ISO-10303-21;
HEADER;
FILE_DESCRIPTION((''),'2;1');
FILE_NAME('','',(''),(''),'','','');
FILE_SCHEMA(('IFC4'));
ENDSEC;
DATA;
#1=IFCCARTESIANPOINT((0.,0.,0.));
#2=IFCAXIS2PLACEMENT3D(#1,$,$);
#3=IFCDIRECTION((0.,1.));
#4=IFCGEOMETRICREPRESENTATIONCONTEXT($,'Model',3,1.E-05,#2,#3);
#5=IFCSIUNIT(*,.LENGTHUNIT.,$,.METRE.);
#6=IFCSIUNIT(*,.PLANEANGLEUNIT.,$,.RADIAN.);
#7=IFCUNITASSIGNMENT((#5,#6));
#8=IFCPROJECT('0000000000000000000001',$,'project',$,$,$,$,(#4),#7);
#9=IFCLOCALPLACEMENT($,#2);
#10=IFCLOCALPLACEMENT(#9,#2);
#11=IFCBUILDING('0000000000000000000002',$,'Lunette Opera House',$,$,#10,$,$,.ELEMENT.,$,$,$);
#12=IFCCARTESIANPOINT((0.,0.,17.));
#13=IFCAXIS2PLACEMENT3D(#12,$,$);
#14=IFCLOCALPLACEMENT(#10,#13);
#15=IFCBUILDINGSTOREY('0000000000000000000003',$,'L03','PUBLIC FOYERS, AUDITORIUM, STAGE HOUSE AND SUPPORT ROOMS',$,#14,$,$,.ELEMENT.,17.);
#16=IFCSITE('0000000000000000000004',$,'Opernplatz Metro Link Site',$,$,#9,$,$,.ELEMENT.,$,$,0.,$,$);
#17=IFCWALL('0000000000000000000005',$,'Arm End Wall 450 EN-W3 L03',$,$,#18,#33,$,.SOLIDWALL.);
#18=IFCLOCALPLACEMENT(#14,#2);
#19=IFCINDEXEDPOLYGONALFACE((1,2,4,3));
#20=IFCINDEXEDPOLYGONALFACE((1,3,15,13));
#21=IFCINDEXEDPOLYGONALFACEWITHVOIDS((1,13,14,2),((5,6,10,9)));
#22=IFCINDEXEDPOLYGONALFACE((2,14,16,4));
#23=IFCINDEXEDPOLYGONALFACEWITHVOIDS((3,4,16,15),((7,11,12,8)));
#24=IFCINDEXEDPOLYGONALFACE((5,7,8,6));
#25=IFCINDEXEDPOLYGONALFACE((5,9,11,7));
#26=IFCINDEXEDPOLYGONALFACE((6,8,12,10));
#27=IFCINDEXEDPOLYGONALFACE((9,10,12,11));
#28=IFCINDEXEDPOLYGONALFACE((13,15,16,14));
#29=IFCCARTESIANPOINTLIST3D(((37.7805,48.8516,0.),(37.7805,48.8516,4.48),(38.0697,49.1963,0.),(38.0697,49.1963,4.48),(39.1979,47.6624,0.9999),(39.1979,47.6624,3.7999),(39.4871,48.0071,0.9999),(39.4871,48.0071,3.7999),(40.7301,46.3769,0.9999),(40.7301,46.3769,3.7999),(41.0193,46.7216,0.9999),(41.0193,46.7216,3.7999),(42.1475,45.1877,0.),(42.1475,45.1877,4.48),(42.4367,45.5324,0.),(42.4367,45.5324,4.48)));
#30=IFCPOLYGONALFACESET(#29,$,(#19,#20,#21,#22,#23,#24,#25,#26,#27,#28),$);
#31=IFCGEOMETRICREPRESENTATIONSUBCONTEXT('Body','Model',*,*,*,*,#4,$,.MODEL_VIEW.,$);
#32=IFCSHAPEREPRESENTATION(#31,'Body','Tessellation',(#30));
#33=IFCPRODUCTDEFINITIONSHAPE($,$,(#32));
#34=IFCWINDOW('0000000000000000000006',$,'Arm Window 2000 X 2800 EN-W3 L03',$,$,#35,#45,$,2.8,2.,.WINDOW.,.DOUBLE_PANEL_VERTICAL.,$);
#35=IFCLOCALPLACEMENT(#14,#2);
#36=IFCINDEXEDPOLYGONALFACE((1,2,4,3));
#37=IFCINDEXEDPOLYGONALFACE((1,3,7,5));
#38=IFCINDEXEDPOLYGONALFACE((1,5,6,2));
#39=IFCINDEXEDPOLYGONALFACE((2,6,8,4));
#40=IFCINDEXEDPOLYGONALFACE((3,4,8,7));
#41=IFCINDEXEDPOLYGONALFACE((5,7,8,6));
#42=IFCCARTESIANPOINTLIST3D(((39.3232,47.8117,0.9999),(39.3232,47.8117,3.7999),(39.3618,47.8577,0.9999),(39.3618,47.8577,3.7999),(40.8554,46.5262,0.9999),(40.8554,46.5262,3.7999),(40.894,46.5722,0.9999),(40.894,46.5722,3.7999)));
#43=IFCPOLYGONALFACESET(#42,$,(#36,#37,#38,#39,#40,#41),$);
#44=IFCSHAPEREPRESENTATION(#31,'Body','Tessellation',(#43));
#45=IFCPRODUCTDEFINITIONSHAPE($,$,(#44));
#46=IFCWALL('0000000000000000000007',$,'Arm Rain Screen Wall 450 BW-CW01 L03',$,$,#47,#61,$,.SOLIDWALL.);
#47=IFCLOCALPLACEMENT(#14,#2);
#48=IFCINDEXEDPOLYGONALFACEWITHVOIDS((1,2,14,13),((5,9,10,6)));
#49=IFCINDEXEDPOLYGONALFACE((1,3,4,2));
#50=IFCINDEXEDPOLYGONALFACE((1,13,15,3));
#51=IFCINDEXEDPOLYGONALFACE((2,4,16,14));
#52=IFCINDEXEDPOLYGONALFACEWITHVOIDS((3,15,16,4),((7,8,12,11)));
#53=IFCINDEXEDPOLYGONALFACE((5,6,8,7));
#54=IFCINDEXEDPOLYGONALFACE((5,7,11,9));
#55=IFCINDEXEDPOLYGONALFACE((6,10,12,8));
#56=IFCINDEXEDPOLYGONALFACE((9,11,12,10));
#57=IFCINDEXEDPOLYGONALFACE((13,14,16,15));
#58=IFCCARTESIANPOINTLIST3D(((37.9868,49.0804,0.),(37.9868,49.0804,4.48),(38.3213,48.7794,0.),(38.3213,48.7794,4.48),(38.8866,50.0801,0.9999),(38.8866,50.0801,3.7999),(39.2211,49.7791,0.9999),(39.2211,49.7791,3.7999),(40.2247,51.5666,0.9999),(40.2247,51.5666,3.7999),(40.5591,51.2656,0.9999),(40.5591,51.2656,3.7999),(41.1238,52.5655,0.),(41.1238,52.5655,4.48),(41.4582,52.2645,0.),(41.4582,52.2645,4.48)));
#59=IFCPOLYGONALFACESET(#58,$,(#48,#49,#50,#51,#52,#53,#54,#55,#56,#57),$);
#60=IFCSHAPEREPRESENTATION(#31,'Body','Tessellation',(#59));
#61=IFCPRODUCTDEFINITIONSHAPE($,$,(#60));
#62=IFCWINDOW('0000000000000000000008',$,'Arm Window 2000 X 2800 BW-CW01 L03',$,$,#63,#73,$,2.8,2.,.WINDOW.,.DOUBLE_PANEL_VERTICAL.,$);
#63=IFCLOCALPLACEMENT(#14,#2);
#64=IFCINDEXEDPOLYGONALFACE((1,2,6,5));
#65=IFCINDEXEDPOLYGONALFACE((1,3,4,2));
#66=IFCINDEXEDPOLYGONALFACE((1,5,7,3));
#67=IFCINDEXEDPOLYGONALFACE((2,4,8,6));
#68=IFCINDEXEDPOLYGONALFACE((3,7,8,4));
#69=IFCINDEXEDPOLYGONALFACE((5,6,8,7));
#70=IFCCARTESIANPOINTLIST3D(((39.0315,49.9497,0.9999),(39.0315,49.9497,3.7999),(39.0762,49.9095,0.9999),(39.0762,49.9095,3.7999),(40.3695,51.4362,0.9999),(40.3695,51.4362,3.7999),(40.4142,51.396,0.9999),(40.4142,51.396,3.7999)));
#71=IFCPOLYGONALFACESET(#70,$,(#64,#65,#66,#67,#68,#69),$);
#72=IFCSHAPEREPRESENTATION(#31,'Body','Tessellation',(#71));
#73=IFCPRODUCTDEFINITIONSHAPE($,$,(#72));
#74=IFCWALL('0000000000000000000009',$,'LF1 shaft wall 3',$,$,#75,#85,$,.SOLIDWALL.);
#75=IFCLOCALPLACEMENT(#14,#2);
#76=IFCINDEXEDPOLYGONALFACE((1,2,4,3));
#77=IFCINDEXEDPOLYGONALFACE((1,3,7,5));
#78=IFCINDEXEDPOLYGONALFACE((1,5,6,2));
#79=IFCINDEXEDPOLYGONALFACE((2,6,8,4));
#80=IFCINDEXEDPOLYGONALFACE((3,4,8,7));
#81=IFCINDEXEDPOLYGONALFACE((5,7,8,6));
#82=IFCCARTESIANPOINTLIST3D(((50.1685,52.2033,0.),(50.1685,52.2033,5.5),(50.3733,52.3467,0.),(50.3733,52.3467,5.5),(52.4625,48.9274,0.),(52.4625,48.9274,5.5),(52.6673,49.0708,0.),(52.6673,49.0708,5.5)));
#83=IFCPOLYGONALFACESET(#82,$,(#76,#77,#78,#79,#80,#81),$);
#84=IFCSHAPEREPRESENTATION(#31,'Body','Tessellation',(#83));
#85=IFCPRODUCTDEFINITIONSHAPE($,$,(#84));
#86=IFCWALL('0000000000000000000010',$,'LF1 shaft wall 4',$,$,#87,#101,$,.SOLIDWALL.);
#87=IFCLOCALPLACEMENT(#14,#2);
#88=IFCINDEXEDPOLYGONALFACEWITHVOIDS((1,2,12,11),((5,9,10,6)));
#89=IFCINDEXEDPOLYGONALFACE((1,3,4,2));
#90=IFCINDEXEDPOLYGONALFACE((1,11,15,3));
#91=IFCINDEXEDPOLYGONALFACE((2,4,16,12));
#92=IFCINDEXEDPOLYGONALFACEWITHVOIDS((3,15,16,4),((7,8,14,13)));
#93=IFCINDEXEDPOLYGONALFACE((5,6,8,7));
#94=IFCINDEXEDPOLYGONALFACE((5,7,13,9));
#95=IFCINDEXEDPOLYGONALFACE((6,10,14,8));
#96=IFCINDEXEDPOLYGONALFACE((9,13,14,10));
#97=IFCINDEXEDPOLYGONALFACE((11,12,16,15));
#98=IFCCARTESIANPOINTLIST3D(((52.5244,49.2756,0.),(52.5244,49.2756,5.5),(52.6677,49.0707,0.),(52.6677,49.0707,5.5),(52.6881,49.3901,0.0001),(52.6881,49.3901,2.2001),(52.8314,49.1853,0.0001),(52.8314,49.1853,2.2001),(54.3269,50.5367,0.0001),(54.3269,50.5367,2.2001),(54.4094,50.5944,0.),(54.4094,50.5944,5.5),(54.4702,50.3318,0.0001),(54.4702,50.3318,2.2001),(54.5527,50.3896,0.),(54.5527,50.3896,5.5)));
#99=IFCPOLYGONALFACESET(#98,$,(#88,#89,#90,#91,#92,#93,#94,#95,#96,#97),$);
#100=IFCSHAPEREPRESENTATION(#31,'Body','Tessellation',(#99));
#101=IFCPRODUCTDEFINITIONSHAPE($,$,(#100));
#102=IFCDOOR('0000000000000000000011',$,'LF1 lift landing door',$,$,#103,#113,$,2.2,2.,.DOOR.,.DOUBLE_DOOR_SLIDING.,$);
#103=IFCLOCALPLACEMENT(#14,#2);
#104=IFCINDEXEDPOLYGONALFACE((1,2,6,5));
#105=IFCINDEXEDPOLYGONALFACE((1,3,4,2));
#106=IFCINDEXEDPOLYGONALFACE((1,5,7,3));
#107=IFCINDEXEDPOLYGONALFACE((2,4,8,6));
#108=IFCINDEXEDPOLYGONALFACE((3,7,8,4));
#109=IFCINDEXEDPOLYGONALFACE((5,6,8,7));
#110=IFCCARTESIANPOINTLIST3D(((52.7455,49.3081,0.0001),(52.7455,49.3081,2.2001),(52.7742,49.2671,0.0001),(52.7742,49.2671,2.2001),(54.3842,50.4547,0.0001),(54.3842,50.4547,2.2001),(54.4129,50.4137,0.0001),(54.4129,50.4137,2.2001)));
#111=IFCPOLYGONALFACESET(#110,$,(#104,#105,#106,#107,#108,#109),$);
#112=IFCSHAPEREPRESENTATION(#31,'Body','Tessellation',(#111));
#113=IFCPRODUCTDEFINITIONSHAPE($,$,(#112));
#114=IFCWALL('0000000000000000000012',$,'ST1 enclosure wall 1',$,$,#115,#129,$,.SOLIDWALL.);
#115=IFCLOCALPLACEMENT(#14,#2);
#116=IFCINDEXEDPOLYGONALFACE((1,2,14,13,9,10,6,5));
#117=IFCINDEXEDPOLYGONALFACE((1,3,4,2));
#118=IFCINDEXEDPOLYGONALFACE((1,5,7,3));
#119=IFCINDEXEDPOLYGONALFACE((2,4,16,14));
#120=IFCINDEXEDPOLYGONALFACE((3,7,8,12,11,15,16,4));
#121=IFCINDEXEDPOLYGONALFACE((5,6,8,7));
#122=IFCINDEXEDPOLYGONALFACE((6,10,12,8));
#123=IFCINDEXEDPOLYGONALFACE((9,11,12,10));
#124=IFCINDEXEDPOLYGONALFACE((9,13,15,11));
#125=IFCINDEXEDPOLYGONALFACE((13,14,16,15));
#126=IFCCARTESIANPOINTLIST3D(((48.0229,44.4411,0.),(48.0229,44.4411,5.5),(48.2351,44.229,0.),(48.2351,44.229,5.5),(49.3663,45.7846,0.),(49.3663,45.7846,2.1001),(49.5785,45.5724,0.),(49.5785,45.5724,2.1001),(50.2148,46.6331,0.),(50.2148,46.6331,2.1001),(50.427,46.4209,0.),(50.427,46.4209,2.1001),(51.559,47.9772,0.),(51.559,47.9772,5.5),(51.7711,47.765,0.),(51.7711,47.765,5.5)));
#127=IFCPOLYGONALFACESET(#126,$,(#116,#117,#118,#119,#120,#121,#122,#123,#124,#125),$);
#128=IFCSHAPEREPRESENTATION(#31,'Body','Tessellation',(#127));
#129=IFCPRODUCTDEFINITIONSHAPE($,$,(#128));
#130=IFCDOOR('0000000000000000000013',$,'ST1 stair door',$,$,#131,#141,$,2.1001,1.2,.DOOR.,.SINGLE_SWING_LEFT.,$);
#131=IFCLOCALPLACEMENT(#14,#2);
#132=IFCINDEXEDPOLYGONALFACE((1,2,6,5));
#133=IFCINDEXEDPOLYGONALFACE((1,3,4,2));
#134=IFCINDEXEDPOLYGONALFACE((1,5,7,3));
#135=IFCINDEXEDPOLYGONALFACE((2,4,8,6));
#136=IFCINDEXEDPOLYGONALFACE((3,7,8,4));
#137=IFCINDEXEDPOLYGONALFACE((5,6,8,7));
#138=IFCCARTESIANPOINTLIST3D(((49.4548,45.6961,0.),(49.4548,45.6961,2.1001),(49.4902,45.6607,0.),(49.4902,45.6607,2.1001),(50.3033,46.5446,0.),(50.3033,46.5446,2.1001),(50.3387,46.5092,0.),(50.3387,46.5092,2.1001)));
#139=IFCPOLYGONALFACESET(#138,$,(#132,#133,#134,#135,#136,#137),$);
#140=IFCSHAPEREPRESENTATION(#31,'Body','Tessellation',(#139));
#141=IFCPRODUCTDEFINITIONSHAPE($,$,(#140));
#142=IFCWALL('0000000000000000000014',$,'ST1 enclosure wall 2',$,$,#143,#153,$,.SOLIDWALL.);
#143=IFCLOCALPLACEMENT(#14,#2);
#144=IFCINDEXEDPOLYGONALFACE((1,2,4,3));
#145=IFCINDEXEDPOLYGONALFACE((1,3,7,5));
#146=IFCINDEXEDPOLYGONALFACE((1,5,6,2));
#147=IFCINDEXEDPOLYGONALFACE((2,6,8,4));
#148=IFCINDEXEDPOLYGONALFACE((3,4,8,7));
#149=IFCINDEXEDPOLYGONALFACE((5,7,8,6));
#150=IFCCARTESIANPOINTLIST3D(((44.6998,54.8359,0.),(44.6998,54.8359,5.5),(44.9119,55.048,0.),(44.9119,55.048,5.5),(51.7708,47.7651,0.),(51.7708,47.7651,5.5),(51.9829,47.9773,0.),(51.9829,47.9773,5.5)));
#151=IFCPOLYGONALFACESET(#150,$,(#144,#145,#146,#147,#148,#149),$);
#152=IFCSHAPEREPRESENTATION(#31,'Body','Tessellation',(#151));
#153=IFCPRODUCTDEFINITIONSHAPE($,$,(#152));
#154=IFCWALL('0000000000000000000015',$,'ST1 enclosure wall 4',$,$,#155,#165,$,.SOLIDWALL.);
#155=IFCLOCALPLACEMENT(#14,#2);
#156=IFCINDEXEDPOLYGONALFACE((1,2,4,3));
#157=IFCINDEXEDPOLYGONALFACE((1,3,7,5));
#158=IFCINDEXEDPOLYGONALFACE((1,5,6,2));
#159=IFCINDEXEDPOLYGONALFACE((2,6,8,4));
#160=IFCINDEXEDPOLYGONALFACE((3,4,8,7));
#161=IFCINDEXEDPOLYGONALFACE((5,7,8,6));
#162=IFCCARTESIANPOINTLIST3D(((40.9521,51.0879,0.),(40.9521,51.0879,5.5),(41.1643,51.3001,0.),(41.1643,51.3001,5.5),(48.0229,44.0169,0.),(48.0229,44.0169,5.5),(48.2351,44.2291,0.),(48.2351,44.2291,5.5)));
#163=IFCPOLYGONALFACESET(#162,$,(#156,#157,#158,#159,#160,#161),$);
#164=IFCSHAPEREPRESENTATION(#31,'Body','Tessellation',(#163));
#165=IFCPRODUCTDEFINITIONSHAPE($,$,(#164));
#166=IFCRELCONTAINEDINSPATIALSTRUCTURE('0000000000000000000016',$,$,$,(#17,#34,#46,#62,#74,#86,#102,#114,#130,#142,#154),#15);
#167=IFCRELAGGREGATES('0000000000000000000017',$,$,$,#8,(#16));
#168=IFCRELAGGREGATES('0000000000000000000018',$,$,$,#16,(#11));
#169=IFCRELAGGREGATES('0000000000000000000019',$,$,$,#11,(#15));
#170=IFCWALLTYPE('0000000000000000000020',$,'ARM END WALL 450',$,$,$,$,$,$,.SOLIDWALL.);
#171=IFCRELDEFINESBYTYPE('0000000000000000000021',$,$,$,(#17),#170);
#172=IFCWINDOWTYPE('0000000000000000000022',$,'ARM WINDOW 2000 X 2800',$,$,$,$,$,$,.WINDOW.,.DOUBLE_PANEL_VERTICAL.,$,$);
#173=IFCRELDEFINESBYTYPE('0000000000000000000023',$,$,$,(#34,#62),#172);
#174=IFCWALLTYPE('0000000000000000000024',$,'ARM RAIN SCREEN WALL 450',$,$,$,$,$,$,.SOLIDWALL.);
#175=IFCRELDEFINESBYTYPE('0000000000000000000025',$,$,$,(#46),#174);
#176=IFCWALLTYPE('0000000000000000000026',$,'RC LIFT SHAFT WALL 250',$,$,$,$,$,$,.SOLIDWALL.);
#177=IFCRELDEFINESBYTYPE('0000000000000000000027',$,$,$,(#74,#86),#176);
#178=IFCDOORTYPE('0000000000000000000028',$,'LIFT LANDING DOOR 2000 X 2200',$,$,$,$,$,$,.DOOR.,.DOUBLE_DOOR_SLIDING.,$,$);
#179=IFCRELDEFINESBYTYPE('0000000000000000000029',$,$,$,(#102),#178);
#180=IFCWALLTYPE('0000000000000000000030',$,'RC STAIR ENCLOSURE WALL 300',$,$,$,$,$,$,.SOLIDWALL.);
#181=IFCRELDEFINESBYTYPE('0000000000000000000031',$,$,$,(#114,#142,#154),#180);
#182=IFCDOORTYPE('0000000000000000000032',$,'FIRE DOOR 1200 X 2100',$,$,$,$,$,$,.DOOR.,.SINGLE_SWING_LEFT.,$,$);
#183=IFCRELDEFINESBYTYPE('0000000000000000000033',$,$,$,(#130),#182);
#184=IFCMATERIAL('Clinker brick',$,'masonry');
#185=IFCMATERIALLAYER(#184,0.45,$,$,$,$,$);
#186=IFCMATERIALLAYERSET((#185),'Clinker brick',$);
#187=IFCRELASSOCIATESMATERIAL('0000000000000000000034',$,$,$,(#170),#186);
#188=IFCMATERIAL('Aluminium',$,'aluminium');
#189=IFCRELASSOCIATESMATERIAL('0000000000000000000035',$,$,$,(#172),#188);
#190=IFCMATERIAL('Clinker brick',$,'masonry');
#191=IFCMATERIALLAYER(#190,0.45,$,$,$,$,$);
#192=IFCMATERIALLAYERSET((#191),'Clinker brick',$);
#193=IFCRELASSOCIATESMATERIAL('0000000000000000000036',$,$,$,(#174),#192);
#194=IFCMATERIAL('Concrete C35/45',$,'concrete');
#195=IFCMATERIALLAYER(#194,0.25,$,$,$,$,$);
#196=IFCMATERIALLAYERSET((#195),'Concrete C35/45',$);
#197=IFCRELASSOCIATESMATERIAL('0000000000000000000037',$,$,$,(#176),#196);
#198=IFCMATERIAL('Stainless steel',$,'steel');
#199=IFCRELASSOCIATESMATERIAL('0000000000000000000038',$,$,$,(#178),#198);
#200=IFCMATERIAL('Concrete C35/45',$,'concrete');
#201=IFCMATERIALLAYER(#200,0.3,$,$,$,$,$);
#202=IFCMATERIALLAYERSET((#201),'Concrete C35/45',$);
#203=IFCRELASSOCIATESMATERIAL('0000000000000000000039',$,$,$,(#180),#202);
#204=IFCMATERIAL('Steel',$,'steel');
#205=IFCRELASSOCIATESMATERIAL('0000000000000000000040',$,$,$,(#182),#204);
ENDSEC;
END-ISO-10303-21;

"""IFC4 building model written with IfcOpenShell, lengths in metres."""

from ifc_helpers import new_model, si_unit, direction, frame, frame_2d, origin, place, context, subcontext, project, spatial, rectangle, extrude, material, layer, layer_set, type_object, element, fill, save


model = new_model("IFC4")

# Units and contexts
model_context = context("Model", 3, precision=1e-05, world=origin(), true_north=direction((0.0, 1.0)))
body_context = subcontext(model_context, "Body", "Model", "MODEL_VIEW")
ifc_project = project(units=[si_unit("LENGTHUNIT", "METRE"), si_unit("PLANEANGLEUNIT", "RADIAN")], contexts=[model_context])

# Site, building, storey
site_placement = place(None, origin())
site = spatial("IfcSite", under=ifc_project, at=site_placement, Name="Opernplatz Metro Link Site", CompositionType="ELEMENT", RefElevation=0.0)
building_placement = place(site_placement, origin())
building = spatial("IfcBuilding", under=site, at=building_placement, Name="Lunette Opera House", CompositionType="ELEMENT")
storey_placement = place(building_placement, frame((0.0, 0.0, 17.0)))
storey = spatial("IfcBuildingStorey", under=building, at=storey_placement, Name="L03", Description="PUBLIC FOYERS, AUDITORIUM, STAGE HOUSE AND SUPPORT ROOMS", CompositionType="ELEMENT", Elevation=17.0)

# Walls, openings, windows
ifc_material_1 = material(Name="Clinker brick", Category="masonry")
ifc_layer_1 = layer(ifc_material_1, 0.45)
ifc_layer_set_1 = layer_set([ifc_layer_1], Name="Clinker brick")
wall_type_1 = type_object("IfcWallType", Name="ARM END WALL 450", PredefinedType="SOLIDWALL", material=ifc_layer_set_1)
wall_1_placement = place(storey_placement, frame((42.292, 45.3601, 0.0), z_axis=(0.0, 0.0, 1.0), x_axis=(-0.766086, 0.642738, 0.0)))
wall_1 = element("IfcWall", 1, at=wall_1_placement, inside=storey, type_object=wall_type_1, Name="Arm End Wall 450 EN-W3 L03", PredefinedType="SOLIDWALL", context=body_context, shape_type="SweptSolid", body=[
    extrude(rectangle(XDim=5.7004, YDim=0.45, at=frame_2d((2.8501, 0.0))), origin(), (0.0, 0.0, 1.0), 4.48),
])
opening_1_placement = place(wall_1_placement, frame((1.8501, 0.0, 1.0)))
opening_1 = element("IfcOpeningElement", 2, at=opening_1_placement, cuts=wall_1, PredefinedType="OPENING", context=body_context, shape_type="SweptSolid", body=[
    extrude(rectangle(XDim=2.0, YDim=2.8, at=frame_2d((1.0, 1.3999))), frame((0.0, 0.2371, 0.0), z_axis=(0.0, -1.0, 0.0), x_axis=(1.0, 0.0, 0.0)), (0.0, 0.0, 1.0), 0.4739),
])
ifc_material_2 = material(Name="Aluminium", Category="aluminium")
window_type = type_object("IfcWindowType", Name="ARM WINDOW 2000 X 2800", PartitioningType="DOUBLE_PANEL_VERTICAL", PredefinedType="WINDOW", material=ifc_material_2)
window_1_placement = place(opening_1_placement, origin())
window_1 = element("IfcWindow", 3, at=window_1_placement, inside=storey, type_object=window_type, Name="Arm Window 2000 X 2800 EN-W3 L03", OverallHeight=2.8, OverallWidth=2.0, PartitioningType="DOUBLE_PANEL_VERTICAL", PredefinedType="WINDOW", context=body_context, shape_type="SweptSolid", body=[
    extrude(rectangle(XDim=2.0, YDim=2.8, at=frame_2d((1.0, 1.3999))), frame((0.0, 0.03, 0.0), z_axis=(0.0, -1.0, 0.0), x_axis=(1.0, 0.0, 0.0)), (0.0, 0.0, 1.0), 0.0601),
])
fill(opening_1, window_1)
ifc_material_3 = material(Name="Clinker brick", Category="masonry")
ifc_layer_2 = layer(ifc_material_3, 0.45)
ifc_layer_set_2 = layer_set([ifc_layer_2], Name="Clinker brick")
wall_type_2 = type_object("IfcWallType", Name="ARM RAIN SCREEN WALL 450", PredefinedType="SOLIDWALL", material=ifc_layer_set_2)
wall_2_placement = place(storey_placement, frame((38.1541, 48.9299, 0.0), z_axis=(0.0, 0.0, 1.0), x_axis=(0.669008, 0.743255, 0.0)))
wall_2 = element("IfcWall", 4, at=wall_2_placement, inside=storey, type_object=wall_type_2, Name="Arm Rain Screen Wall 450 BW-CW01 L03", PredefinedType="SOLIDWALL", context=body_context, shape_type="SweptSolid", body=[
    extrude(rectangle(XDim=4.689, YDim=0.45, at=frame_2d((2.3445, 0.0))), origin(), (0.0, 0.0, 1.0), 4.48),
])
opening_2_placement = place(wall_2_placement, frame((1.345, 0.0, 1.0)))
opening_2 = element("IfcOpeningElement", 5, at=opening_2_placement, cuts=wall_2, PredefinedType="OPENING", context=body_context, shape_type="SweptSolid", body=[
    extrude(rectangle(XDim=2.0, YDim=2.8, at=frame_2d((1.0, 1.3999))), frame((0.0, 0.2371, 0.0), z_axis=(0.0, -1.0, 0.0), x_axis=(1.0, 0.0, 0.0)), (0.0, 0.0, 1.0), 0.4739),
])
window_2_placement = place(opening_2_placement, origin())
window_2 = element("IfcWindow", 6, at=window_2_placement, inside=storey, type_object=window_type, Name="Arm Window 2000 X 2800 BW-CW01 L03", OverallHeight=2.8, OverallWidth=2.0, PartitioningType="DOUBLE_PANEL_VERTICAL", PredefinedType="WINDOW", context=body_context, shape_type="SweptSolid", body=[
    extrude(rectangle(XDim=2.0, YDim=2.8, at=frame_2d((1.0, 1.3999))), frame((0.0, 0.03, 0.0), z_axis=(0.0, -1.0, 0.0), x_axis=(1.0, 0.0, 0.0)), (0.0, 0.0, 1.0), 0.0601),
])
fill(opening_2, window_2)

# Wall
ifc_material_4 = material(Name="Concrete C35/45", Category="concrete")
ifc_layer_3 = layer(ifc_material_4, 0.25)
ifc_layer_set_3 = layer_set([ifc_layer_3], Name="Concrete C35/45")
wall_type_3 = type_object("IfcWallType", Name="RC LIFT SHAFT WALL 250", PredefinedType="SOLIDWALL", material=ifc_layer_set_3)
wall_3_placement = place(storey_placement, frame((50.271, 52.2749, 0.0), z_axis=(0.0, 0.0, 1.0), x_axis=(0.573602, -0.819134, 0.0)))
element("IfcWall", 7, at=wall_3_placement, inside=storey, type_object=wall_type_3, Name="LF1 shaft wall 3", PredefinedType="SOLIDWALL", context=body_context, shape_type="SweptSolid", body=[
    extrude(rectangle(XDim=3.9993, YDim=0.25, at=frame_2d((1.9995, 0.0))), origin(), (0.0, 0.0, 1.0), 5.5),
])

# Walls, openings, doors
wall_4_placement = place(storey_placement, frame((52.5959, 49.1731, 0.0), z_axis=(0.0, 0.0, 1.0), x_axis=(0.819367, 0.57327, 0.0)))
wall_4 = element("IfcWall", 8, at=wall_4_placement, inside=storey, type_object=wall_type_3, Name="LF1 shaft wall 4", PredefinedType="SOLIDWALL", context=body_context, shape_type="SweptSolid", body=[
    extrude(rectangle(XDim=2.3005, YDim=0.25, at=frame_2d((1.1504, 0.0))), origin(), (0.0, 0.0, 1.0), 5.5),
])
opening_3_placement = place(wall_4_placement, frame((0.2, 0.0, 0.0)))
opening_3 = element("IfcOpeningElement", 9, at=opening_3_placement, cuts=wall_4, PredefinedType="OPENING", context=body_context, shape_type="SweptSolid", body=[
    extrude(rectangle(XDim=2.0, YDim=2.2, at=frame_2d((1.0, 1.1001))), frame((0.0, 0.137, 0.0), z_axis=(0.0, -1.0, 0.0), x_axis=(1.0, 0.0, 0.0)), (0.0, 0.0, 1.0), 0.2739),
])
ifc_material_5 = material(Name="Stainless steel", Category="steel")
door_type_1 = type_object("IfcDoorType", Name="LIFT LANDING DOOR 2000 X 2200", OperationType="DOUBLE_DOOR_SLIDING", PredefinedType="DOOR", material=ifc_material_5)
door_1_placement = place(opening_3_placement, origin())
door_1 = element("IfcDoor", 10, at=door_1_placement, inside=storey, type_object=door_type_1, Name="LF1 lift landing door", OperationType="DOUBLE_DOOR_SLIDING", OverallHeight=2.2, OverallWidth=2.0, PredefinedType="DOOR", context=body_context, shape_type="SweptSolid", body=[
    extrude(rectangle(XDim=2.0, YDim=2.2, at=frame_2d((1.0, 1.1001))), frame((0.0, 0.0249, 0.0), z_axis=(0.0, -1.0, 0.0), x_axis=(1.0, 0.0, 0.0)), (0.0, 0.0, 1.0), 0.05),
])
fill(opening_3, door_1)
ifc_material_6 = material(Name="Concrete C35/45", Category="concrete")
ifc_layer_4 = layer(ifc_material_6, 0.3)
ifc_layer_set_4 = layer_set([ifc_layer_4], Name="Concrete C35/45")
wall_type_4 = type_object("IfcWallType", Name="RC STAIR ENCLOSURE WALL 300", PredefinedType="SOLIDWALL", material=ifc_layer_set_4)
wall_5_placement = place(storey_placement, frame((48.1289, 44.335, 0.0), z_axis=(0.0, 0.0, 1.0), x_axis=(0.707107, 0.707107, 0.0)))
wall_5 = element("IfcWall", 11, at=wall_5_placement, inside=storey, type_object=wall_type_4, Name="ST1 enclosure wall 1", PredefinedType="SOLIDWALL", context=body_context, shape_type="SweptSolid", body=[
    extrude(rectangle(XDim=5.0007, YDim=0.3, at=frame_2d((2.5005, 0.0))), origin(), (0.0, 0.0, 1.0), 5.5),
])
opening_4_placement = place(wall_5_placement, frame((1.8999, 0.0, 0.0)))
opening_4 = element("IfcOpeningElement", 12, at=opening_4_placement, cuts=wall_5, PredefinedType="OPENING", context=body_context, shape_type="SweptSolid", body=[
    extrude(rectangle(XDim=1.2, YDim=2.1001, at=frame_2d((0.6001, 1.05))), frame((0.0, 0.1621, 0.0), z_axis=(0.0, -1.0, 0.0), x_axis=(1.0, 0.0, 0.0)), (0.0, 0.0, 1.0), 0.324),
])
ifc_material_7 = material(Name="Steel", Category="steel")
door_type_2 = type_object("IfcDoorType", Name="FIRE DOOR 1200 X 2100", OperationType="SINGLE_SWING_LEFT", PredefinedType="DOOR", material=ifc_material_7)
door_2_placement = place(opening_4_placement, origin())
door_2 = element("IfcDoor", 13, at=door_2_placement, inside=storey, type_object=door_type_2, Name="ST1 stair door", OperationType="SINGLE_SWING_LEFT", OverallHeight=2.1001, OverallWidth=1.2, PredefinedType="DOOR", context=body_context, shape_type="SweptSolid", body=[
    extrude(rectangle(XDim=1.2, YDim=2.1001, at=frame_2d((0.6001, 1.05))), frame((0.0, 0.0249, 0.0), z_axis=(0.0, -1.0, 0.0), x_axis=(1.0, 0.0, 0.0)), (0.0, 0.0, 1.0), 0.05),
])
fill(opening_4, door_2)

# Walls
for number, where, z_axis, x_axis, name in (
    (14, (51.877, 47.8711, 0.0), (0.0, 0.0, 1.0), (-0.707119, 0.707095, 0.0), "ST1 enclosure wall 2"),
    (15, (41.0581, 51.1941, 0.0), (0.0, 0.0, 1.0), (0.707095, -0.707119, 0.0), "ST1 enclosure wall 4"),
):
    element("IfcWall", number, at=place(storey_placement, frame(where, z_axis=z_axis, x_axis=x_axis)), inside=storey, type_object=wall_type_4, Name=name, PredefinedType="SOLIDWALL", context=body_context, shape_type="SweptSolid", body=[
        extrude(rectangle(XDim=9.9998, YDim=0.3, at=frame_2d((5.0, 0.0))), origin(), (0.0, 0.0, 1.0), 5.5),
    ])

save(model, "model.ifc")
